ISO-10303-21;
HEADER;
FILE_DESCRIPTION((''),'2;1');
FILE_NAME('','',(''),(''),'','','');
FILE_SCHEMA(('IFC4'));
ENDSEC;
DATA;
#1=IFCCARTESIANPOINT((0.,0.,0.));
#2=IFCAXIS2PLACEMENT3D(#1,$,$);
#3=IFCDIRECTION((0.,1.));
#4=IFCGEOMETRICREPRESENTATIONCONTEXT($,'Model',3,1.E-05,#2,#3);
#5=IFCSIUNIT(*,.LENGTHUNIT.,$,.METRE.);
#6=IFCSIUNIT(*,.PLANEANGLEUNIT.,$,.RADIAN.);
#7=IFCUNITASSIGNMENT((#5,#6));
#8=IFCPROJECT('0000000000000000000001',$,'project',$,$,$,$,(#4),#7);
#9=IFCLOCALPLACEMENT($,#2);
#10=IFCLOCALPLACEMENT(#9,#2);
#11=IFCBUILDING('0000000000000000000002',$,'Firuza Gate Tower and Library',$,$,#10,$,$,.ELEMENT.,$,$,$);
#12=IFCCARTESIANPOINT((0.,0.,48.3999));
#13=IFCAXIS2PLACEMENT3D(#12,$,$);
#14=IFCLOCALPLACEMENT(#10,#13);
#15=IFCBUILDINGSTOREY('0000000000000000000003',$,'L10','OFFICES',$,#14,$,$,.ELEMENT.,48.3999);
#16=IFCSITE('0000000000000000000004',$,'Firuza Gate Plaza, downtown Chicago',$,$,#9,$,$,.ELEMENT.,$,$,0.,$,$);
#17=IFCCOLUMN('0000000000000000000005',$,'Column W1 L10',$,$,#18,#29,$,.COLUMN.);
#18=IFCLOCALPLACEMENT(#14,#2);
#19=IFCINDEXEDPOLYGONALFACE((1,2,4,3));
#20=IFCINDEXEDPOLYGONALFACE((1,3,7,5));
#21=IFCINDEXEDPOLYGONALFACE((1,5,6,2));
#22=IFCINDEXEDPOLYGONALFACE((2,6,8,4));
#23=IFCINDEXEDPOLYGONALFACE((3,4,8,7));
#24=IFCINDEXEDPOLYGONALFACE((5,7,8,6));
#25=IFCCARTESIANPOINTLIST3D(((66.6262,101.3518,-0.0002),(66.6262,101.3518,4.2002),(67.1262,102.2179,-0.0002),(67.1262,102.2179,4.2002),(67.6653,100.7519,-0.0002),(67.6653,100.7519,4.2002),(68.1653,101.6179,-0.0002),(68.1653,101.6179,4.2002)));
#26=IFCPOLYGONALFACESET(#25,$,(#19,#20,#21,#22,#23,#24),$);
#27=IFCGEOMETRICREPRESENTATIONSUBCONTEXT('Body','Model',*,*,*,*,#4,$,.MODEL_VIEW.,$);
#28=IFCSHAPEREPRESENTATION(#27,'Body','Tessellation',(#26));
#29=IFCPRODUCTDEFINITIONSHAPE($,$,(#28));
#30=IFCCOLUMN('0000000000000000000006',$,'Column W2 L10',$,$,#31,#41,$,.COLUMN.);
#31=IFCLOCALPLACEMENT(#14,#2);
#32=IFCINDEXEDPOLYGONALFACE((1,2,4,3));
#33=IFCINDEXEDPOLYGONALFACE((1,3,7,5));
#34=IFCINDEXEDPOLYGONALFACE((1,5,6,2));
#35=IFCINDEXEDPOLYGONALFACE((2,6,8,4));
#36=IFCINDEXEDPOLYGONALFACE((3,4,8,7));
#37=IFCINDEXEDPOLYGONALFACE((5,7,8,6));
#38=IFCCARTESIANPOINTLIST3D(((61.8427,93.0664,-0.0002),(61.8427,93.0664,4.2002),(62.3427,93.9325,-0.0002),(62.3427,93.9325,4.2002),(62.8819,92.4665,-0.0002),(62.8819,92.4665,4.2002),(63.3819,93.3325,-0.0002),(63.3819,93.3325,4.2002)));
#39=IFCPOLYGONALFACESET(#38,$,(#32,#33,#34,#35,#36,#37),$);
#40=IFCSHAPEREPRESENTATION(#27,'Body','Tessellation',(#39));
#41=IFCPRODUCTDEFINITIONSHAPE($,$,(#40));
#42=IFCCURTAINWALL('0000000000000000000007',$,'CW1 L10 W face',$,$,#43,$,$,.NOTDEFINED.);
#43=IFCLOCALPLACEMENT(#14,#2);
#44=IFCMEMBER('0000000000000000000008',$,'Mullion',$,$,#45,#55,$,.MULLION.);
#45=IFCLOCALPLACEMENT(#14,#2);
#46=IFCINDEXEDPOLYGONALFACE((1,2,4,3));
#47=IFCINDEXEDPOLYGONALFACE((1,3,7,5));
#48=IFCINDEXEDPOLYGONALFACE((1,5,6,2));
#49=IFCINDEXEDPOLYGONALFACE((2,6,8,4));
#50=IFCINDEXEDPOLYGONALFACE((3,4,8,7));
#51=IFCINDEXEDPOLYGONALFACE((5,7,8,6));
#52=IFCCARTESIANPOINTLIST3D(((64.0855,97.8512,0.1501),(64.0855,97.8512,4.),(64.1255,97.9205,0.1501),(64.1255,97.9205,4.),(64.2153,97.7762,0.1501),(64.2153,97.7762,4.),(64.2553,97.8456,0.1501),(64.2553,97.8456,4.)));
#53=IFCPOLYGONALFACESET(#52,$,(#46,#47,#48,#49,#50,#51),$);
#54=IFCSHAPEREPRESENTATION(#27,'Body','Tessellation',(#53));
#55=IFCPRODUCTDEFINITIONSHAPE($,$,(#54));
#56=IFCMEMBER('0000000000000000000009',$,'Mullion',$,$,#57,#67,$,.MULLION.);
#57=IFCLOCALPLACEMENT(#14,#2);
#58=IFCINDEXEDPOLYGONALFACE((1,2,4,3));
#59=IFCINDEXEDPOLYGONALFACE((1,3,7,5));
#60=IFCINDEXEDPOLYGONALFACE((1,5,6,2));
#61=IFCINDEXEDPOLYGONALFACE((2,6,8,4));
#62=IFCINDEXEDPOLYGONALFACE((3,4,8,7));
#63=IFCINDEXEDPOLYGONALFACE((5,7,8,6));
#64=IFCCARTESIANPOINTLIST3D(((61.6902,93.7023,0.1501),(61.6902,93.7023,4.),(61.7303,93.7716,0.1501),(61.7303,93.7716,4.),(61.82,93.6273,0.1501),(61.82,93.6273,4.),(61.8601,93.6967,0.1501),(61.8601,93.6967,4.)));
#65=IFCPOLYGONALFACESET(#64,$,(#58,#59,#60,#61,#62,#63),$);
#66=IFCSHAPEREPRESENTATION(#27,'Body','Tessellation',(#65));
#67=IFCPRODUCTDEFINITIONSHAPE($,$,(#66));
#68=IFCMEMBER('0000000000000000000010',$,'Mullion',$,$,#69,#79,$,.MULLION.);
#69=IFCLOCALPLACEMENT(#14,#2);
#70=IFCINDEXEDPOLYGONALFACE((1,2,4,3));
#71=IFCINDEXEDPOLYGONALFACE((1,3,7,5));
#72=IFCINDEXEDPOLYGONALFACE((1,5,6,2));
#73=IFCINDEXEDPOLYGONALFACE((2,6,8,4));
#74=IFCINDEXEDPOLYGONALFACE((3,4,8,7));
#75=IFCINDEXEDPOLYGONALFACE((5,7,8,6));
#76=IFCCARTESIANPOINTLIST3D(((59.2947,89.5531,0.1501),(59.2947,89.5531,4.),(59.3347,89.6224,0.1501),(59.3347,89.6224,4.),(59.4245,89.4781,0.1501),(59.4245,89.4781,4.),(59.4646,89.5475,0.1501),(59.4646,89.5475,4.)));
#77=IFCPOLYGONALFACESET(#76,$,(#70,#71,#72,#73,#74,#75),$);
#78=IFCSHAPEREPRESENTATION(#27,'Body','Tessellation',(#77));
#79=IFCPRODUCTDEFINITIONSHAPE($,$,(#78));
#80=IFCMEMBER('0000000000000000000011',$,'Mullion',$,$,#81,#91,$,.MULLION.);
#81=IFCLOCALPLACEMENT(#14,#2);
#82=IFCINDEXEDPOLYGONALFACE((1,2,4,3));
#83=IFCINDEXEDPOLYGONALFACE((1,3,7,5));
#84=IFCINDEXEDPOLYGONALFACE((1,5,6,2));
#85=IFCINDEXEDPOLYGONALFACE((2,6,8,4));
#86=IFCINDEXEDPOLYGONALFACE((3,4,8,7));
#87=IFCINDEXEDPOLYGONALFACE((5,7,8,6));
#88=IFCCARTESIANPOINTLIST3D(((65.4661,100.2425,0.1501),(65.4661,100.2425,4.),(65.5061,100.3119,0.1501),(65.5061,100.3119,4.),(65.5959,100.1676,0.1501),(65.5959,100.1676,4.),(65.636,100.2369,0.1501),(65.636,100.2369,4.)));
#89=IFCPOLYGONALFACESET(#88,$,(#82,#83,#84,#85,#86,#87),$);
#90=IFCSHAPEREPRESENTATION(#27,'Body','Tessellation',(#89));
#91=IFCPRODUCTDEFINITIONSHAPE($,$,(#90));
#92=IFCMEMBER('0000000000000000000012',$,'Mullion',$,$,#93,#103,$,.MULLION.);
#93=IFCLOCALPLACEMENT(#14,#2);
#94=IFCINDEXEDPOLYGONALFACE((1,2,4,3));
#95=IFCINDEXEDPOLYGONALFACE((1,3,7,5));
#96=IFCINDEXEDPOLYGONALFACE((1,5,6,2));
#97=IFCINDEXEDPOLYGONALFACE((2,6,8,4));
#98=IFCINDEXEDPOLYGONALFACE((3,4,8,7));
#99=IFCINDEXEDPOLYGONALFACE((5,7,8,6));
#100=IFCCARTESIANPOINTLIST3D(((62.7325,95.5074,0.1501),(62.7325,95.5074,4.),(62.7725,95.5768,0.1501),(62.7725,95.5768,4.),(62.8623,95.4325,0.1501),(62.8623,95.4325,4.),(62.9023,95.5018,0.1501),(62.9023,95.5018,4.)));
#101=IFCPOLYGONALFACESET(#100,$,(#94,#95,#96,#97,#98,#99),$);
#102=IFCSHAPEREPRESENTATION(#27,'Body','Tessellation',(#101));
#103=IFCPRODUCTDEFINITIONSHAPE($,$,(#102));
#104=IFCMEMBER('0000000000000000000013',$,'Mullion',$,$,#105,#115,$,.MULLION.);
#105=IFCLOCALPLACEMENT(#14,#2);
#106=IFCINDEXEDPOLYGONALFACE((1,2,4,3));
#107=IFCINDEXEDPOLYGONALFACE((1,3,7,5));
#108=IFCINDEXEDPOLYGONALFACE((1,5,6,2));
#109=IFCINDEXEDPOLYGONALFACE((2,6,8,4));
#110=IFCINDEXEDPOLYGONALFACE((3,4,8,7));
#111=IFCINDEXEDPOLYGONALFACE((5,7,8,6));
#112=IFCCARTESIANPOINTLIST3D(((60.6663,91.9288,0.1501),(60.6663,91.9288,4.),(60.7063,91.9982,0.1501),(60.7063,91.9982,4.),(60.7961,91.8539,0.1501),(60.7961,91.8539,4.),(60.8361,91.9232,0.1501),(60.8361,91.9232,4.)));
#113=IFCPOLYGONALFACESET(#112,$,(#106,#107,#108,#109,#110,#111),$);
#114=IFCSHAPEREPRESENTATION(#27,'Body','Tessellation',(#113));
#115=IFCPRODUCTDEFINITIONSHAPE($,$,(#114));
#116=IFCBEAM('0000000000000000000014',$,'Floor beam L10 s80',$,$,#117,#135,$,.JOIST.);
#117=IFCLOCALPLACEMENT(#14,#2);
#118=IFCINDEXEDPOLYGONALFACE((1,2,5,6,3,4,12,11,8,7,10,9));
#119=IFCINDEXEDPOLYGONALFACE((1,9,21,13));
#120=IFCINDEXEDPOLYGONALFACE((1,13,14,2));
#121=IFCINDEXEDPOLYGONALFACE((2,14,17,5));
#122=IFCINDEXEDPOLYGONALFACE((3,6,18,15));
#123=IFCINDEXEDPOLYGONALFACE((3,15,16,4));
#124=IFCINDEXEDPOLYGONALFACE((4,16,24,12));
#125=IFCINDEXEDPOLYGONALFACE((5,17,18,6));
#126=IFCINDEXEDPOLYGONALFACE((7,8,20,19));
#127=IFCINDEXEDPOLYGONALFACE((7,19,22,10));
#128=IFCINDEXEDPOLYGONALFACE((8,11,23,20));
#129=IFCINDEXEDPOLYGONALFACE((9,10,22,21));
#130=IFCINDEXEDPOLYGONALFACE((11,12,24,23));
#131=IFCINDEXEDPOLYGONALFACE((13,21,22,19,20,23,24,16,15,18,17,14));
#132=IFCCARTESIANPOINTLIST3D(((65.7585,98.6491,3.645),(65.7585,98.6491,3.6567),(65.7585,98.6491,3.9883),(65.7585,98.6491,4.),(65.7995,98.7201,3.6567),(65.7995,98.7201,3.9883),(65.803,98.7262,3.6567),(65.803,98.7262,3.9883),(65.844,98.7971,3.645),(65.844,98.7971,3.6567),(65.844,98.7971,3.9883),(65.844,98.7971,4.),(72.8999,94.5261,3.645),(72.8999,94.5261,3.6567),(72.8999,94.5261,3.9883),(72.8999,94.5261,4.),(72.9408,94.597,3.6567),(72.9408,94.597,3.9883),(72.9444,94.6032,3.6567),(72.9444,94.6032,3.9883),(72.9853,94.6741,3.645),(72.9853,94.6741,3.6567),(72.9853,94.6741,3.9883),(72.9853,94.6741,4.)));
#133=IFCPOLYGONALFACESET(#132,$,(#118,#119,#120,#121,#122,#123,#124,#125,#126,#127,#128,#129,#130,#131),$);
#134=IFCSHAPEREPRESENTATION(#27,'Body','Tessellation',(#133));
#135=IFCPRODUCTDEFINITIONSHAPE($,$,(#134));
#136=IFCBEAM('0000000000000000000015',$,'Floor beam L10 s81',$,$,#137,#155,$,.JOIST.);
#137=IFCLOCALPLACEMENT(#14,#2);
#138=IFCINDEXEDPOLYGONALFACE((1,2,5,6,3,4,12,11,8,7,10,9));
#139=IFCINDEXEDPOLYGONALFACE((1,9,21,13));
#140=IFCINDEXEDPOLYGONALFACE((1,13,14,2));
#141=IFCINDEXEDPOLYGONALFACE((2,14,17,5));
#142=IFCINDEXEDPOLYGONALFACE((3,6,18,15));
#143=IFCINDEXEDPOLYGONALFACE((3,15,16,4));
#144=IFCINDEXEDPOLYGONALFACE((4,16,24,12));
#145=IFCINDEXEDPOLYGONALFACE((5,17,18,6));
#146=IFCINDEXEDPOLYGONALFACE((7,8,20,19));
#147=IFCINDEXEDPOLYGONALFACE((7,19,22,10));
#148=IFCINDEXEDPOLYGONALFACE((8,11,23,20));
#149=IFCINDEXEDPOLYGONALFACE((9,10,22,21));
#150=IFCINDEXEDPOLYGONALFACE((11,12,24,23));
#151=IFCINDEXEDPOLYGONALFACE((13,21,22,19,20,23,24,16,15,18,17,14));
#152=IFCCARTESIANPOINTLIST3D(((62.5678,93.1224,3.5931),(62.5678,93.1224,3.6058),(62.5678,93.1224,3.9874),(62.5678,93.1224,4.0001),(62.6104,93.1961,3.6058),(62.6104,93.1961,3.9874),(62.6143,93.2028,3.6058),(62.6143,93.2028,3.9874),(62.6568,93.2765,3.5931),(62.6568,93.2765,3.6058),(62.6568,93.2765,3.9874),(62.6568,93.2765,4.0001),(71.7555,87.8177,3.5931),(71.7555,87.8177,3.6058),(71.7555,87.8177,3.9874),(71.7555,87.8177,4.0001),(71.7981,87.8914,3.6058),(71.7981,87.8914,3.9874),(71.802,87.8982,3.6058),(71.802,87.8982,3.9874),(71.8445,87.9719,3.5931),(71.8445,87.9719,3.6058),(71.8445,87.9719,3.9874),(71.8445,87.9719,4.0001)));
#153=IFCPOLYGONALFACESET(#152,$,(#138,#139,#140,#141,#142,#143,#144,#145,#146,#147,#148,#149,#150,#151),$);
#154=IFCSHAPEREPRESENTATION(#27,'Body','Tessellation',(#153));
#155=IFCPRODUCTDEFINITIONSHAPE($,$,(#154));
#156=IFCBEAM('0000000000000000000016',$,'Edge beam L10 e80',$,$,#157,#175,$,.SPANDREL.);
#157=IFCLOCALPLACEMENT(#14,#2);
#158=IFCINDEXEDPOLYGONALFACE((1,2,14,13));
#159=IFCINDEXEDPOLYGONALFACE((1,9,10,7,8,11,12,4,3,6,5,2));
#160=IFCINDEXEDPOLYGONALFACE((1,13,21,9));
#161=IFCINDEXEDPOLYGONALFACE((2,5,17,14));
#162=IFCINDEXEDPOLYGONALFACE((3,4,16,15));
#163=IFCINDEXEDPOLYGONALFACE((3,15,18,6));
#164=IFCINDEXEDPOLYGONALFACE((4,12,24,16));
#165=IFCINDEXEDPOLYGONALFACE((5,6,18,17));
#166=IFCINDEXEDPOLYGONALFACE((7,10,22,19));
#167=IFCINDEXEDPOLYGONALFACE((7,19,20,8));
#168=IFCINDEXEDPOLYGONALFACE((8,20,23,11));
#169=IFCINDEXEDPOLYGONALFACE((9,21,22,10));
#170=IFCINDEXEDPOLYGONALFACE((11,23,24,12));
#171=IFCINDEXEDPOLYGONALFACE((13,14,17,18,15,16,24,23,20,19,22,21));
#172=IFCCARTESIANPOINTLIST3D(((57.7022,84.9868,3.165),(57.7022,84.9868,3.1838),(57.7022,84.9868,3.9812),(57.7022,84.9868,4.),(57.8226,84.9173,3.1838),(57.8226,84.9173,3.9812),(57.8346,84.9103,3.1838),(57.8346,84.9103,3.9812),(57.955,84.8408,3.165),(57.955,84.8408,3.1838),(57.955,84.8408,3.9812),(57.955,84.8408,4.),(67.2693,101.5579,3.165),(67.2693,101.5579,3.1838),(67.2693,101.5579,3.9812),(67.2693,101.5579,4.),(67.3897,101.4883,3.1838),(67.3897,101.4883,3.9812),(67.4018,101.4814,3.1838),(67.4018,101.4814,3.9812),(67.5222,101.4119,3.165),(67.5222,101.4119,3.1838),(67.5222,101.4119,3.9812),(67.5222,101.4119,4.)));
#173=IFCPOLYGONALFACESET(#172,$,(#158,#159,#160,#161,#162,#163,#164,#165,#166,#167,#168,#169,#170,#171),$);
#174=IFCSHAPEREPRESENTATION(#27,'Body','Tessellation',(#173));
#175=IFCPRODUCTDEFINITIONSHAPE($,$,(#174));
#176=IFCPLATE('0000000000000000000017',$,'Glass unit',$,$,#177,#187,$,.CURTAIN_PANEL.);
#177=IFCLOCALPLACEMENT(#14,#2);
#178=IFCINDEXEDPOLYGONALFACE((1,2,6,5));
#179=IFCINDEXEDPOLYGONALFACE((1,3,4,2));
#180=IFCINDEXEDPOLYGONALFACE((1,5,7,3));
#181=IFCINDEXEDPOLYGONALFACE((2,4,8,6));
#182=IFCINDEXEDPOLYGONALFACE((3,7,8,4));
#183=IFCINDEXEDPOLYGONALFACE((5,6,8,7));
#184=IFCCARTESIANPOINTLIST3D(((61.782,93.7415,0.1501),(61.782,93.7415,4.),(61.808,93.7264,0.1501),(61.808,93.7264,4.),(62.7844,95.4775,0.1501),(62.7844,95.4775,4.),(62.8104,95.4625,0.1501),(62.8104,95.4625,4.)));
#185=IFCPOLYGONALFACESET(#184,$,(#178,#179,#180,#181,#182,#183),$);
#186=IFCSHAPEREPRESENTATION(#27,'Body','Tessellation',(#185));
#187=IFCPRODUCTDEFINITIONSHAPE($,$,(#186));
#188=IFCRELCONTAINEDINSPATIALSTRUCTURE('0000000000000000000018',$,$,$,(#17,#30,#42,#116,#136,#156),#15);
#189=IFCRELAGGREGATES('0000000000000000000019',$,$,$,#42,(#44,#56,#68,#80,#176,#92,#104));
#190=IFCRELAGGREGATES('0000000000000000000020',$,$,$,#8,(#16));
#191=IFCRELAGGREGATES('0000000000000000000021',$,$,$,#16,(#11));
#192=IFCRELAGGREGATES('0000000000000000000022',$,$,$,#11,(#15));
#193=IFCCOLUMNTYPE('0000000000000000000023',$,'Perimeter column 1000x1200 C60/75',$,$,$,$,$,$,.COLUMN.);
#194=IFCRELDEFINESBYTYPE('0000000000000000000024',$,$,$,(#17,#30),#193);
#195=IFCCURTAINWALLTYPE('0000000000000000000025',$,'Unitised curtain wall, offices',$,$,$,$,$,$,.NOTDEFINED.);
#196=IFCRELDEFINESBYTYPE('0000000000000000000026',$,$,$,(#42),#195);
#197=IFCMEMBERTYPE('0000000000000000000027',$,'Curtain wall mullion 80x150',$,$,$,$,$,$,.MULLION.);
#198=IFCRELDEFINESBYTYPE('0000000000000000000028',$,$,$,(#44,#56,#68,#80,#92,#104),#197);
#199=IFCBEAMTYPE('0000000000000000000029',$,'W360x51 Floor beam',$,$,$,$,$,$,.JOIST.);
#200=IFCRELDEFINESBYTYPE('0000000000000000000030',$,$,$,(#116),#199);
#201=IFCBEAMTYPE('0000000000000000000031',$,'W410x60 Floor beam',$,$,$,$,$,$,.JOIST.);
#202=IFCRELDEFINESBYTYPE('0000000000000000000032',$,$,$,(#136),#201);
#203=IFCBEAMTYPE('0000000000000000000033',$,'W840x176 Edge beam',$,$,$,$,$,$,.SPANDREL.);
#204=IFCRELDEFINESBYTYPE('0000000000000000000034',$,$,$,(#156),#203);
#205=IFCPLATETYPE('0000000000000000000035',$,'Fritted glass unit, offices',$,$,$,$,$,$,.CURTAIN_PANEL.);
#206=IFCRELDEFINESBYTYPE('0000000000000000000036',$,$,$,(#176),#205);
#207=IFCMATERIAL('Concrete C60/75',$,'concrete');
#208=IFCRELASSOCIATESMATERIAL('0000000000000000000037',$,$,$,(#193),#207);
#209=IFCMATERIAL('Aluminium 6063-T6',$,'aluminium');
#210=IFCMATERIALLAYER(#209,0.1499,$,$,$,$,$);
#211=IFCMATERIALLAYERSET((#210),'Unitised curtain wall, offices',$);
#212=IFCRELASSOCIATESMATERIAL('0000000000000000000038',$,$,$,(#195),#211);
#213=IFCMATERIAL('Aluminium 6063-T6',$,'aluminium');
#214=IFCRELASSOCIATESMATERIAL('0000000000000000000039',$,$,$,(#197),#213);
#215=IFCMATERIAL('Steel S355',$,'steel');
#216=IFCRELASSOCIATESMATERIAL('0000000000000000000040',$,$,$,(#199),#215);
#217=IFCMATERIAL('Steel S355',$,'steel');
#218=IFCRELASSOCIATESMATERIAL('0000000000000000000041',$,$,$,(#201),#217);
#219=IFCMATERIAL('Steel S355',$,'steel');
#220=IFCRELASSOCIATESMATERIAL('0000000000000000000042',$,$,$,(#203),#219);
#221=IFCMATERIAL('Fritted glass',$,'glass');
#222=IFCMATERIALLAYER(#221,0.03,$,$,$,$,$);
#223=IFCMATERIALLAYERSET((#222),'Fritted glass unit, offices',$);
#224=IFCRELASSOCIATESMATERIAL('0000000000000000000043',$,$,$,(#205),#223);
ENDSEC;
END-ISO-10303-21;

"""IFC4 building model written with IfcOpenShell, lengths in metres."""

from ifc_helpers import new_model, si_unit, direction, frame, origin, origin_2d, place, context, subcontext, project, spatial, polyline, rectangle, i_section, outline, extrude, material, layer, layer_set, material_profile, profile_set, type_object, element, aggregate, save


model = new_model("IFC4")

# Units and contexts
model_context = context("Model", 3, precision=1e-05, world=origin(), true_north=direction((0.0, 1.0)))
body_context = subcontext(model_context, "Body", "Model", "MODEL_VIEW")
ifc_project = project(units=[si_unit("LENGTHUNIT", "METRE"), si_unit("PLANEANGLEUNIT", "RADIAN")], contexts=[model_context])

# Site, building, storey
site_placement = place(None, origin())
site = spatial("IfcSite", under=ifc_project, at=site_placement, Name="Firuza Gate Plaza, downtown Chicago", CompositionType="ELEMENT", RefElevation=0.0)
building_placement = place(site_placement, origin())
building = spatial("IfcBuilding", under=site, at=building_placement, Name="Firuza Gate Tower and Library", CompositionType="ELEMENT")
storey_placement = place(building_placement, frame((0.0, 0.0, 48.3999)))
storey = spatial("IfcBuildingStorey", under=building, at=storey_placement, Name="L10", Description="OFFICES", CompositionType="ELEMENT", Elevation=48.3999)

# Columns
ifc_material_1 = material(Name="Concrete C60/75", Category="concrete")
ifc_material_profile_1 = material_profile(ifc_material_1, rectangle(XDim=1.0, YDim=1.2, at=origin_2d()))
ifc_profile_set_1 = profile_set([ifc_material_profile_1], Name="Concrete C60/75")
column_type = type_object("IfcColumnType", Name="Perimeter column 1000x1200 C60/75", PredefinedType="COLUMN", material=ifc_profile_set_1)
for number, where, z_axis, x_axis, name in (
    (1, (67.3958, 101.4849, -0.0002), (0.0, 0.0, 1.0), (-0.5, -0.866025, 0.0), "Column W1 L10"),
    (2, (62.6123, 93.1995, -0.0002), (0.0, 0.0, 1.0), (-0.5, -0.866025, 0.0), "Column W2 L10"),
):
    element("IfcColumn", number, at=place(storey_placement, frame(where, z_axis=z_axis, x_axis=x_axis)), inside=storey, type_object=column_type, Name=name, PredefinedType="COLUMN", context=body_context, shape_type="SweptSolid", body=[
        extrude(rectangle(XDim=1.0, YDim=1.2, at=origin_2d()), origin(), (0.0, 0.0, 1.0), 4.2004),
    ])

# Curtain wall, members
ifc_material_2 = material(Name="Aluminium 6063-T6", Category="aluminium")
ifc_layer_1 = layer(ifc_material_2, 0.1499)
ifc_layer_set_1 = layer_set([ifc_layer_1], Name="Unitised curtain wall, offices")
curtain_wall_type = type_object("IfcCurtainWallType", Name="Unitised curtain wall, offices", PredefinedType="NOTDEFINED", material=ifc_layer_set_1)
placement = place(storey_placement, origin())
curtain_wall = element("IfcCurtainWall", 3, at=placement, inside=storey, type_object=curtain_wall_type, Name="CW1 L10 W face", PredefinedType="NOTDEFINED")
ifc_material_3 = material(Name="Aluminium 6063-T6", Category="aluminium")
ifc_material_profile_2 = material_profile(ifc_material_3, rectangle(XDim=0.1499, YDim=0.0801, at=origin_2d()))
ifc_profile_set_2 = profile_set([ifc_material_profile_2], Name="Aluminium 6063-T6")
member_type = type_object("IfcMemberType", Name="Curtain wall mullion 80x150", PredefinedType="MULLION", material=ifc_profile_set_2)
member_1_placement = place(storey_placement, frame((64.1704, 97.8484, 0.1501), z_axis=(0.0, 0.0, 1.0), x_axis=(0.866025, -0.5, 0.0)))
member_1 = element("IfcMember", 4, at=member_1_placement, type_object=member_type, Name="Mullion", PredefinedType="MULLION", context=body_context, shape_type="SweptSolid", body=[
    extrude(rectangle(XDim=0.1499, YDim=0.0801, at=origin_2d()), origin(), (0.0, 0.0, 1.0), 3.8499),
])
member_2_placement = place(storey_placement, frame((61.7751, 93.6995, 0.1501), z_axis=(0.0, 0.0, 1.0), x_axis=(0.866025, -0.5, 0.0)))
member_2 = element("IfcMember", 5, at=member_2_placement, type_object=member_type, Name="Mullion", PredefinedType="MULLION", context=body_context, shape_type="SweptSolid", body=[
    extrude(rectangle(XDim=0.1499, YDim=0.0801, at=origin_2d()), origin(), (0.0, 0.0, 1.0), 3.8499),
])
member_3_placement = place(storey_placement, frame((59.3796, 89.5503, 0.1501), z_axis=(0.0, 0.0, 1.0), x_axis=(0.866025, -0.5, 0.0)))
member_3 = element("IfcMember", 6, at=member_3_placement, type_object=member_type, Name="Mullion", PredefinedType="MULLION", context=body_context, shape_type="SweptSolid", body=[
    extrude(rectangle(XDim=0.1499, YDim=0.0801, at=origin_2d()), origin(), (0.0, 0.0, 1.0), 3.8499),
])
member_4_placement = place(storey_placement, frame((65.551, 100.2397, 0.1501), z_axis=(0.0, 0.0, 1.0), x_axis=(0.866025, -0.5, 0.0)))
member_4 = element("IfcMember", 7, at=member_4_placement, type_object=member_type, Name="Mullion", PredefinedType="MULLION", context=body_context, shape_type="SweptSolid", body=[
    extrude(rectangle(XDim=0.1499, YDim=0.0801, at=origin_2d()), origin(), (0.0, 0.0, 1.0), 3.8499),
])
member_5_placement = place(storey_placement, frame((62.8174, 95.5046, 0.1501), z_axis=(0.0, 0.0, 1.0), x_axis=(0.866025, -0.5, 0.0)))
member_5 = element("IfcMember", 8, at=member_5_placement, type_object=member_type, Name="Mullion", PredefinedType="MULLION", context=body_context, shape_type="SweptSolid", body=[
    extrude(rectangle(XDim=0.1499, YDim=0.0801, at=origin_2d()), origin(), (0.0, 0.0, 1.0), 3.8499),
])
member_6_placement = place(storey_placement, frame((60.7512, 91.926, 0.1501), z_axis=(0.0, 0.0, 1.0), x_axis=(0.866025, -0.5, 0.0)))
member_6 = element("IfcMember", 9, at=member_6_placement, type_object=member_type, Name="Mullion", PredefinedType="MULLION", context=body_context, shape_type="SweptSolid", body=[
    extrude(rectangle(XDim=0.1499, YDim=0.0801, at=origin_2d()), origin(), (0.0, 0.0, 1.0), 3.8499),
])

# Beams
ifc_material_4 = material(Name="Steel S355", Category="steel")
ifc_material_profile_3 = material_profile(ifc_material_4, i_section(OverallWidth=0.1709, OverallDepth=0.355, WebThickness=0.0071, FlangeThickness=0.0117, at=origin_2d()))
ifc_profile_set_3 = profile_set([ifc_material_profile_3], Name="Steel S355")
beam_type_1 = type_object("IfcBeamType", Name="W360x51 Floor beam", PredefinedType="JOIST", material=ifc_profile_set_3)
beam_1_placement = place(storey_placement, frame((65.8013, 98.7231, 3.8225), z_axis=(0.866026, -0.499998, 0.0), x_axis=(0.499998, 0.866026, 0.0)))
element("IfcBeam", 10, at=beam_1_placement, inside=storey, type_object=beam_type_1, Name="Floor beam L10 s80", PredefinedType="JOIST", context=body_context, shape_type="SweptSolid", body=[
    extrude(i_section(OverallWidth=0.1709, OverallDepth=0.355, WebThickness=0.0071, FlangeThickness=0.0117, at=origin_2d()), origin(), (0.0, 0.0, 1.0), 8.2461),
])
ifc_material_5 = material(Name="Steel S355", Category="steel")
ifc_material_profile_4 = material_profile(ifc_material_5, i_section(OverallWidth=0.178, OverallDepth=0.407, WebThickness=0.0078, FlangeThickness=0.0127, at=origin_2d()))
ifc_profile_set_4 = profile_set([ifc_material_profile_4], Name="Steel S355")
beam_type_2 = type_object("IfcBeamType", Name="W410x60 Floor beam", PredefinedType="JOIST", material=ifc_profile_set_4)
beam_2_placement = place(storey_placement, frame((62.6123, 93.1995, 3.7966), z_axis=(0.86602, -0.50001, 0.0), x_axis=(0.50001, 0.86602, 0.0)))
element("IfcBeam", 11, at=beam_2_placement, inside=storey, type_object=beam_type_2, Name="Floor beam L10 s81", PredefinedType="JOIST", context=body_context, shape_type="SweptSolid", body=[
    extrude(i_section(OverallWidth=0.178, OverallDepth=0.407, WebThickness=0.0078, FlangeThickness=0.0127, at=origin_2d()), origin(), (0.0, 0.0, 1.0), 10.6091),
])
ifc_material_6 = material(Name="Steel S355", Category="steel")
ifc_material_profile_5 = material_profile(ifc_material_6, i_section(OverallWidth=0.292, OverallDepth=0.835, WebThickness=0.0139, FlangeThickness=0.0188, at=origin_2d()))
ifc_profile_set_5 = profile_set([ifc_material_profile_5], Name="Steel S355")
beam_type_3 = type_object("IfcBeamType", Name="W840x176 Edge beam", PredefinedType="SPANDREL", material=ifc_profile_set_5)
beam_3_placement = place(storey_placement, frame((67.3958, 101.4849, 3.5825), z_axis=(-0.499994, -0.866029, 0.0), x_axis=(0.866029, -0.499994, 0.0)))
element("IfcBeam", 12, at=beam_3_placement, inside=storey, type_object=beam_type_3, Name="Edge beam L10 e80", PredefinedType="SPANDREL", context=body_context, shape_type="SweptSolid", body=[
    extrude(i_section(OverallWidth=0.292, OverallDepth=0.835, WebThickness=0.0139, FlangeThickness=0.0188, at=origin_2d()), origin(), (0.0, 0.0, 1.0), 19.1345),
])

# Plate
ifc_material_7 = material(Name="Fritted glass", Category="glass")
ifc_layer_2 = layer(ifc_material_7, 0.03)
ifc_layer_set_2 = layer_set([ifc_layer_2], Name="Fritted glass unit, offices")
plate_type_1 = type_object("IfcPlateType", Name="Fritted glass unit, offices", PredefinedType="CURTAIN_PANEL", material=ifc_layer_set_2)
plate_1_placement = place(storey_placement, frame((62.7844, 95.4775, 0.1501), z_axis=(-0.866001, 0.500042, 0.0), x_axis=(-0.500042, -0.866001, 0.0)))
plate_1 = element("IfcPlate", 13, at=plate_1_placement, type_object=plate_type_1, Name="Glass unit", PredefinedType="CURTAIN_PANEL", context=body_context, shape_type="SweptSolid", body=[
    extrude(outline(polyline([(0.0, 0.0), (2.0047, 0.0), (2.0047, 3.8499), (0.0, 3.8499), (0.0, 0.0)])), origin(), (0.0, 0.0, -1.0), 0.03),
])
aggregate(curtain_wall, [member_1, member_2, member_3, member_4, plate_1, member_5, member_6])

save(model, "model.ifc")
